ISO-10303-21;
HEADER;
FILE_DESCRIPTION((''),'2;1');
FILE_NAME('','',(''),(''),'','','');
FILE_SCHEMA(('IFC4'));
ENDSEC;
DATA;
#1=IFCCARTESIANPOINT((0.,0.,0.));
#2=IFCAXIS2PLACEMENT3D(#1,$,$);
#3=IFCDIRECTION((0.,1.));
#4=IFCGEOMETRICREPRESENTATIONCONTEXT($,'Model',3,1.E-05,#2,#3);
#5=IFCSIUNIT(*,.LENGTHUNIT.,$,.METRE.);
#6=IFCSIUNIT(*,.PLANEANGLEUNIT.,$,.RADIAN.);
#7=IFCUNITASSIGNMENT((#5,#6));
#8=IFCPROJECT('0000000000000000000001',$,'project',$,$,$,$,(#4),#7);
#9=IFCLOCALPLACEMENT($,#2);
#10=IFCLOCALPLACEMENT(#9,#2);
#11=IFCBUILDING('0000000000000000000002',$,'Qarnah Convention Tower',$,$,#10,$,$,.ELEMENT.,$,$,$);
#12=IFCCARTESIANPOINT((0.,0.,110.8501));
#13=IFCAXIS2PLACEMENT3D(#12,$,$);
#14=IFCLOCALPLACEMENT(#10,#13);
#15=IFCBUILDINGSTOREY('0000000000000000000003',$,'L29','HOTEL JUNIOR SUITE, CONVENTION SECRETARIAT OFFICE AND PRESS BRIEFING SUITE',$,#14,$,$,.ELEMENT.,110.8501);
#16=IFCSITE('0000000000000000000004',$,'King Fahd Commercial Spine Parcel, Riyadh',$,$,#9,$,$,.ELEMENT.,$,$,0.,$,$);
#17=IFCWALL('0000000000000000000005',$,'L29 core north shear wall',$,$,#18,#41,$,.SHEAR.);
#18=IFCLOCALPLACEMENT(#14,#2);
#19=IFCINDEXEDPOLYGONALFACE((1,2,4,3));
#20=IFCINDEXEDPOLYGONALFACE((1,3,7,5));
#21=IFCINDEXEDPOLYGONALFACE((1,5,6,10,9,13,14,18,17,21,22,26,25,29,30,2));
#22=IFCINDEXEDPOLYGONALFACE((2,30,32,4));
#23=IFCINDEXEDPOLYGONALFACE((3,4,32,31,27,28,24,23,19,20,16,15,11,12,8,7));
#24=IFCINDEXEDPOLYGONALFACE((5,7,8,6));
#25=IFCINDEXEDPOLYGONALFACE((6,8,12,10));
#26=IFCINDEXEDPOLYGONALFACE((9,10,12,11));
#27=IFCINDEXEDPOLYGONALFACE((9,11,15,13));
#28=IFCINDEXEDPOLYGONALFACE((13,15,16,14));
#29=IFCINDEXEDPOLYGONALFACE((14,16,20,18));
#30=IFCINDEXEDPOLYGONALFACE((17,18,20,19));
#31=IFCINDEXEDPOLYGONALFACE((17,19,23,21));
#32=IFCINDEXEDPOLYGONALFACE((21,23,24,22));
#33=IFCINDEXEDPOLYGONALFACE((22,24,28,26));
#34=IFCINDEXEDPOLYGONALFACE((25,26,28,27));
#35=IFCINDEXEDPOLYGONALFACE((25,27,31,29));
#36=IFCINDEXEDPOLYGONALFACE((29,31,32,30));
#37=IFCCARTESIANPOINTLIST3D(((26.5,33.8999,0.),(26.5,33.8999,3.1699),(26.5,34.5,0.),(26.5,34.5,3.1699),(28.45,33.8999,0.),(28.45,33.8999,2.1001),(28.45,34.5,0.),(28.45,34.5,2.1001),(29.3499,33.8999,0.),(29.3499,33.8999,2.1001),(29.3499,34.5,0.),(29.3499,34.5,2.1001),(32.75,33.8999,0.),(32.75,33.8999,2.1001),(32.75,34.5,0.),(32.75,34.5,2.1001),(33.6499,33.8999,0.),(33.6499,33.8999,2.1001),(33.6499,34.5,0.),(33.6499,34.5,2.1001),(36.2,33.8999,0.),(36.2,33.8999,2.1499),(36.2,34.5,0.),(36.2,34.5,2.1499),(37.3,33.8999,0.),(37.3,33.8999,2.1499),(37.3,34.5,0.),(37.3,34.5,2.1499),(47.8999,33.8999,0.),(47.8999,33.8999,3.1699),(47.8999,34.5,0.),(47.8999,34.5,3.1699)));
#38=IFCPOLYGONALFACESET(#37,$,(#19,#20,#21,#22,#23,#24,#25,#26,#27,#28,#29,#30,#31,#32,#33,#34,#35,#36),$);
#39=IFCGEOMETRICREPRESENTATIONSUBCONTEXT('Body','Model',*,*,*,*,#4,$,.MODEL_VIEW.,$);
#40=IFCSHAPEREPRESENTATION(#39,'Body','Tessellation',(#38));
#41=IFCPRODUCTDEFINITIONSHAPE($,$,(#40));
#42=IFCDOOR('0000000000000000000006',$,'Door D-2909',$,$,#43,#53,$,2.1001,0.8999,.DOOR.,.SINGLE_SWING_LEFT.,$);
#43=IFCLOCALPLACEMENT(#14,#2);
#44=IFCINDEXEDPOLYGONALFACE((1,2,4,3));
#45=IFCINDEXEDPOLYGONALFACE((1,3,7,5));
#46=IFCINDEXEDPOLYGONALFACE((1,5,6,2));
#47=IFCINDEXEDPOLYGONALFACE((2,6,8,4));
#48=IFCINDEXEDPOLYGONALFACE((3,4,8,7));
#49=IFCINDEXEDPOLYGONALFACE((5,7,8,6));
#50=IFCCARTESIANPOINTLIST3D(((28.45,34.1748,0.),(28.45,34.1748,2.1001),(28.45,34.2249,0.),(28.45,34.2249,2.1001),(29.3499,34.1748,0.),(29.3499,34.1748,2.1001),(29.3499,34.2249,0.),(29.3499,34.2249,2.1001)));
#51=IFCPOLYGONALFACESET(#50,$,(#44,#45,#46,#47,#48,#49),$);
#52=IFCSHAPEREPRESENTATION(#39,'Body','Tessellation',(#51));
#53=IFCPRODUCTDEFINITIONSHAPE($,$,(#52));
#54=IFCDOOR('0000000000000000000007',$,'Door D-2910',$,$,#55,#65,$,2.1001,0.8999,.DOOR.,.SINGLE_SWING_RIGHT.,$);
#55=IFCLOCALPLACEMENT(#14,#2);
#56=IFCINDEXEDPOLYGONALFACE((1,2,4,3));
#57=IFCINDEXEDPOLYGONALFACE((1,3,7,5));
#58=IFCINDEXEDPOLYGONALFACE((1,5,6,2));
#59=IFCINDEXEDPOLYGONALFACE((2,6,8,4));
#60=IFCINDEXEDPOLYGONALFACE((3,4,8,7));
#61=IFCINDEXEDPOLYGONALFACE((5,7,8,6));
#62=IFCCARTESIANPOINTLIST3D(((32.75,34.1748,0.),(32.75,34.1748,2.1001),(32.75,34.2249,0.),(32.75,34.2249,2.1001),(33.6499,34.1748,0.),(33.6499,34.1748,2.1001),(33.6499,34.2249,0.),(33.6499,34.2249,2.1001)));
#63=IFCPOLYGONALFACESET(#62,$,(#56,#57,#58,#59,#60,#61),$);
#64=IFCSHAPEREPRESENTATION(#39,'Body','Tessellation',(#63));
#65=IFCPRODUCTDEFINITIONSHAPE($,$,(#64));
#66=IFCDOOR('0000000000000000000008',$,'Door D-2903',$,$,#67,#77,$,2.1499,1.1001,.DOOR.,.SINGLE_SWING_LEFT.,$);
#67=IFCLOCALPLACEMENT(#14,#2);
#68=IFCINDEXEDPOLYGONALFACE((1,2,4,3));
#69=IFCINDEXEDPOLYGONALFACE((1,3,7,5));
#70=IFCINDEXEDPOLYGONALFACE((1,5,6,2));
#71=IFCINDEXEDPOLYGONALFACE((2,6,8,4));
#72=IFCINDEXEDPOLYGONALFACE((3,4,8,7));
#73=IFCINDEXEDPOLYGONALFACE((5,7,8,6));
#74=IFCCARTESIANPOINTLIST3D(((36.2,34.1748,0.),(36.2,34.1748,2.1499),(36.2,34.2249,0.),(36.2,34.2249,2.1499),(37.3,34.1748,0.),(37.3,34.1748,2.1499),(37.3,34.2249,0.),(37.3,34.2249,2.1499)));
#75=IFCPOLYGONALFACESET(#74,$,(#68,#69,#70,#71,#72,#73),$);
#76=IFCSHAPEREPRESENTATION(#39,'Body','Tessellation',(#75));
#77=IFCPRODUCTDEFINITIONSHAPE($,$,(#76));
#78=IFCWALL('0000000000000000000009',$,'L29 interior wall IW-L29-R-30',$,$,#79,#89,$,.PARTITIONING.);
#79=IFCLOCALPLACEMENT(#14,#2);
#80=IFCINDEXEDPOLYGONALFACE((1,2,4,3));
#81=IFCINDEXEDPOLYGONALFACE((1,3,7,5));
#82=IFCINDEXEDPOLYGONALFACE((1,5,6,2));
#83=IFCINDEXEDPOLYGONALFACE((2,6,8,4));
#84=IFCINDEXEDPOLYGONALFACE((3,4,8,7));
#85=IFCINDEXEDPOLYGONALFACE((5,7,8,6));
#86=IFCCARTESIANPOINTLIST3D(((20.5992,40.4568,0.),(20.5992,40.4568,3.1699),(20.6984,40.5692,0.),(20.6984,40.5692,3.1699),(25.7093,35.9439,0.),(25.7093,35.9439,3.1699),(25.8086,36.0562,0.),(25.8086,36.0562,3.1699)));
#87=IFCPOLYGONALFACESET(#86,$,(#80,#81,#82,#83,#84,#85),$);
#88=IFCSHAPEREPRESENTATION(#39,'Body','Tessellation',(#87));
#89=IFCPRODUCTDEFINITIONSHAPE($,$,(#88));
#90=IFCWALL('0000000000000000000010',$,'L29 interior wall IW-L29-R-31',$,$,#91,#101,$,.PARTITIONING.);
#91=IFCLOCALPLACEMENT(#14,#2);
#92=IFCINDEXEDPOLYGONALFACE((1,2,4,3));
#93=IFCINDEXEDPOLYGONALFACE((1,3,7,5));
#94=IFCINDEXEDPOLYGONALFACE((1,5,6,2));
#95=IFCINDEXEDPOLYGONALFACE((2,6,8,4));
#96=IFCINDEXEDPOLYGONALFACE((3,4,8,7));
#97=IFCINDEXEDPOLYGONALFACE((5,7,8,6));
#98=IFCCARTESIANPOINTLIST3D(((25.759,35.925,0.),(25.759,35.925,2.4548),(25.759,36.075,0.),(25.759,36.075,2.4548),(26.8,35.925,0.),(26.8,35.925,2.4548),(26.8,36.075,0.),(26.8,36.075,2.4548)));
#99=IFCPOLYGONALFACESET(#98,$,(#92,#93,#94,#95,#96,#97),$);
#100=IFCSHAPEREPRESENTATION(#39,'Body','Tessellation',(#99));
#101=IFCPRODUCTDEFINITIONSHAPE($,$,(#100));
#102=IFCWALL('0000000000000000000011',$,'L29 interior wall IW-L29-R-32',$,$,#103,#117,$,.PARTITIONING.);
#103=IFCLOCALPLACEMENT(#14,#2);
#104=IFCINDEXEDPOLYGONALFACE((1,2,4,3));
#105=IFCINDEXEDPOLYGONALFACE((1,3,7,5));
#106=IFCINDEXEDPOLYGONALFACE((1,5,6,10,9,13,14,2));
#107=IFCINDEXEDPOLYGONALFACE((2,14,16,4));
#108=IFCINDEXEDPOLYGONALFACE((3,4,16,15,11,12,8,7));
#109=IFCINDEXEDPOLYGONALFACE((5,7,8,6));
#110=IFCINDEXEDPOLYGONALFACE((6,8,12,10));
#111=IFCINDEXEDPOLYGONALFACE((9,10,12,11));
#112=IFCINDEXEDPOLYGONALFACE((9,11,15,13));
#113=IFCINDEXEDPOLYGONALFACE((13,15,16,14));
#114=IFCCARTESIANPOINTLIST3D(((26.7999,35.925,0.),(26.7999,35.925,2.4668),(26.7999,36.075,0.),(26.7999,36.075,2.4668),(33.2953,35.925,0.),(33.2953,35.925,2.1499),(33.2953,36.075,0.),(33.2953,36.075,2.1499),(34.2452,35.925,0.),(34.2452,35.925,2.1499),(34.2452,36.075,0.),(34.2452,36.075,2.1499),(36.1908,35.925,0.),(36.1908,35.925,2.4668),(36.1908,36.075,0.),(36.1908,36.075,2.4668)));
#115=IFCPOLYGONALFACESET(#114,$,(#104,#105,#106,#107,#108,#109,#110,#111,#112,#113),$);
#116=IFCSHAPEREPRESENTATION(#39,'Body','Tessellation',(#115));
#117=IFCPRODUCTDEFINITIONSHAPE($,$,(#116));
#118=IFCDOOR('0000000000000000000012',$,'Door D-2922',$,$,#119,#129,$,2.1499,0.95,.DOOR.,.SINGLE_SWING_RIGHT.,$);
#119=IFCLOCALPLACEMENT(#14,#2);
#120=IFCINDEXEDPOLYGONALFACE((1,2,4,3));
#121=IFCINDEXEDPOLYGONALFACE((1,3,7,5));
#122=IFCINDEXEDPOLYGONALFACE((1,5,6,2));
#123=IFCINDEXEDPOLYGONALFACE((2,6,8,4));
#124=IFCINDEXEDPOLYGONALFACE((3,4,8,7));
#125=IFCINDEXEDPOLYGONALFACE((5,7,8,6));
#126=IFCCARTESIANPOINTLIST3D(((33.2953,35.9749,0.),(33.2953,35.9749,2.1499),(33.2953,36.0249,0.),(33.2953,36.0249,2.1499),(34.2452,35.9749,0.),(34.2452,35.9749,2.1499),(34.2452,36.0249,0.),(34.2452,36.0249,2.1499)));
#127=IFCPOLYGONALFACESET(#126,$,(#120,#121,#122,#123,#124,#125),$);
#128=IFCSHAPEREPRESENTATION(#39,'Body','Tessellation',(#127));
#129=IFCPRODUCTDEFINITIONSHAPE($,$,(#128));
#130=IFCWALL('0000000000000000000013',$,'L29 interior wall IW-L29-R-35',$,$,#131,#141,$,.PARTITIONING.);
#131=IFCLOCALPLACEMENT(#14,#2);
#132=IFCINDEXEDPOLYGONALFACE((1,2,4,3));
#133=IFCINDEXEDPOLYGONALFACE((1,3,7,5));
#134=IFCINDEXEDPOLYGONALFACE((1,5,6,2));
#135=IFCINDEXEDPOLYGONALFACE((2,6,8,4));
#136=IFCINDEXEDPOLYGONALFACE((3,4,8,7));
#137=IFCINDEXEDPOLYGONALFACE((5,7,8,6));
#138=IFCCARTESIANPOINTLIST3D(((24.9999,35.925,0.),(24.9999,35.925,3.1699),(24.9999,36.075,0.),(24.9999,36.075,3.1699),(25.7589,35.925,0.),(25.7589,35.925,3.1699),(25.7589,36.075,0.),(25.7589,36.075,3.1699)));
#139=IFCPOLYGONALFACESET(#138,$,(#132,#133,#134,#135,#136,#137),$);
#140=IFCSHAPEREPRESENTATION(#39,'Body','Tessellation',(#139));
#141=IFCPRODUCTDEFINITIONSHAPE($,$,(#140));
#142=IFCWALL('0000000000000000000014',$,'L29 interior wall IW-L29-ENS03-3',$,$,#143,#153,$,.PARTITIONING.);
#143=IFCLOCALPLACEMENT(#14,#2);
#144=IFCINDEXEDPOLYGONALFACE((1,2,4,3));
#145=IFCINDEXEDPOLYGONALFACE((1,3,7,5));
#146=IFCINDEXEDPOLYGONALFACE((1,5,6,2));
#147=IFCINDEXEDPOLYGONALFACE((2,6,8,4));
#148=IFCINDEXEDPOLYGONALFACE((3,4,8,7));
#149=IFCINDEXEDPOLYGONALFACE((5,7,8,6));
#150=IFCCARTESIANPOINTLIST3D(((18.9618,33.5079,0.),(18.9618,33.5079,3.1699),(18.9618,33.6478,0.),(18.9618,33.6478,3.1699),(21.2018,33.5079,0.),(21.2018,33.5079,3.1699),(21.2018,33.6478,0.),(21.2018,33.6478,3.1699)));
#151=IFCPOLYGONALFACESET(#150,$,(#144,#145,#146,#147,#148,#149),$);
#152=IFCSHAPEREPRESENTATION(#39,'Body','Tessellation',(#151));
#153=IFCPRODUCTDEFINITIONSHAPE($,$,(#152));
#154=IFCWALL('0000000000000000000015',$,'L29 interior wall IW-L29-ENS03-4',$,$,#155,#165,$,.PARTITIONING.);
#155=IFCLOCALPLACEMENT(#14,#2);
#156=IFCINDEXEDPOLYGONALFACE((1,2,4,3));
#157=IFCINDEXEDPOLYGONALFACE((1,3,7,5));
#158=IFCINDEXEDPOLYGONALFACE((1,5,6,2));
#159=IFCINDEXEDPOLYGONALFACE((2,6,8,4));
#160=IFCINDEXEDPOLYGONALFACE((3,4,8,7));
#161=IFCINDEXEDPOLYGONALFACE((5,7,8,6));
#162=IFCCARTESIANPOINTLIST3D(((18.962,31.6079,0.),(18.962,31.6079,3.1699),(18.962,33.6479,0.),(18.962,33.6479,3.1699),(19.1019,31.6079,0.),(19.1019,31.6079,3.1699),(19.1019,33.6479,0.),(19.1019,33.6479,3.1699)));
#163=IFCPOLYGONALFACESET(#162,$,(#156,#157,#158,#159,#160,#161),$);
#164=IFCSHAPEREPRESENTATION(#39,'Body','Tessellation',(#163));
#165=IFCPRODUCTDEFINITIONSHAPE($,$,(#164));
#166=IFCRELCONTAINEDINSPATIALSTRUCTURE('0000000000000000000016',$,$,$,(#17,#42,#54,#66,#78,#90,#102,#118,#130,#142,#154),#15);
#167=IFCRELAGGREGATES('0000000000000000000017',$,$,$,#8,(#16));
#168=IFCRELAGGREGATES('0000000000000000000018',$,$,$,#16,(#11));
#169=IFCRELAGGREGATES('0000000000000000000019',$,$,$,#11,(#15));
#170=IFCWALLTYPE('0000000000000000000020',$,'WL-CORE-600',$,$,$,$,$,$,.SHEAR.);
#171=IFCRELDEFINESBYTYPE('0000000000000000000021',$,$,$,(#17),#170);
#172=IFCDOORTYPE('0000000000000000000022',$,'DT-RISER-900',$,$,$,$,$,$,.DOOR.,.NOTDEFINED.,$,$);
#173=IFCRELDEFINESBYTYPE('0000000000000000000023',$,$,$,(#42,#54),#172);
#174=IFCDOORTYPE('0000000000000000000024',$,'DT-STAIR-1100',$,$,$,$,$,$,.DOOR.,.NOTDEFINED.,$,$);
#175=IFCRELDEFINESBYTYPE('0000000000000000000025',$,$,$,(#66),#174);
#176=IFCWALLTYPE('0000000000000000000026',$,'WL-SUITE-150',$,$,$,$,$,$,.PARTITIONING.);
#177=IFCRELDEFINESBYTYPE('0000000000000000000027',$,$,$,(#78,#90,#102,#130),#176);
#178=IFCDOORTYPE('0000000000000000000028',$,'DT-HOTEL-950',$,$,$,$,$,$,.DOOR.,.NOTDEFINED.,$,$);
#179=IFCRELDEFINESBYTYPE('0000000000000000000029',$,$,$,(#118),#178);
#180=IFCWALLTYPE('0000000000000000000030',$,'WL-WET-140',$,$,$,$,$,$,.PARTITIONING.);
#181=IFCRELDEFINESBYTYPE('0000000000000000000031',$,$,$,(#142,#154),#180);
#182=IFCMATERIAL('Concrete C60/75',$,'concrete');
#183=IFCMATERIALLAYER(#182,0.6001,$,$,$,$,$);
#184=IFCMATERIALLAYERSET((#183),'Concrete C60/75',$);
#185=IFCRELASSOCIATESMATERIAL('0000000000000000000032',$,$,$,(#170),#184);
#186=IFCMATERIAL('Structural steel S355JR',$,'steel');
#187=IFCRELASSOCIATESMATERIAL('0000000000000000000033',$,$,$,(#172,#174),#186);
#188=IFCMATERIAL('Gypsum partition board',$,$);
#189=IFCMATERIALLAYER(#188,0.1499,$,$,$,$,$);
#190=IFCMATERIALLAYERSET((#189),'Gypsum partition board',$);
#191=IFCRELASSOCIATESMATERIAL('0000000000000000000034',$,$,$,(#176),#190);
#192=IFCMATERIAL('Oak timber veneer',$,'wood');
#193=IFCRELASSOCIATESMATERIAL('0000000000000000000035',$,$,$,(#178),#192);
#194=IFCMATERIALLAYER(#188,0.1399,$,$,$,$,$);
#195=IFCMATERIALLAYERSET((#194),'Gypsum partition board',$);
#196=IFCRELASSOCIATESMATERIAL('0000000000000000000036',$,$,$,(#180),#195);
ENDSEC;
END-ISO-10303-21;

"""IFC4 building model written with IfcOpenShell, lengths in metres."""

from ifc_helpers import new_model, si_unit, direction, frame, frame_2d, origin, place, context, subcontext, project, spatial, rectangle, extrude, material, layer, layer_set, type_object, element, fill, save


model = new_model("IFC4")

# Units and contexts
model_context = context("Model", 3, precision=1e-05, world=origin(), true_north=direction((0.0, 1.0)))
body_context = subcontext(model_context, "Body", "Model", "MODEL_VIEW")
ifc_project = project(units=[si_unit("LENGTHUNIT", "METRE"), si_unit("PLANEANGLEUNIT", "RADIAN")], contexts=[model_context])

# Site, building, storey
site_placement = place(None, origin())
site = spatial("IfcSite", under=ifc_project, at=site_placement, Name="King Fahd Commercial Spine Parcel, Riyadh", CompositionType="ELEMENT", RefElevation=0.0)
building_placement = place(site_placement, origin())
building = spatial("IfcBuilding", under=site, at=building_placement, Name="Qarnah Convention Tower", CompositionType="ELEMENT")
storey_placement = place(building_placement, frame((0.0, 0.0, 110.8501)))
storey = spatial("IfcBuildingStorey", under=building, at=storey_placement, Name="L29", Description="HOTEL JUNIOR SUITE, CONVENTION SECRETARIAT OFFICE AND PRESS BRIEFING SUITE", CompositionType="ELEMENT", Elevation=110.8501)

# Shared definitions
ifc_material_1 = material(Name="Structural steel S355JR", Category="steel")

# Wall, openings, doors
ifc_material_2 = material(Name="Concrete C60/75", Category="concrete")
ifc_layer_1 = layer(ifc_material_2, 0.6001)
ifc_layer_set_1 = layer_set([ifc_layer_1], Name="Concrete C60/75")
wall_type_1 = type_object("IfcWallType", Name="WL-CORE-600", PredefinedType="SHEAR", material=ifc_layer_set_1)
wall_1_placement = place(storey_placement, frame((26.5, 34.2, 0.0), z_axis=(0.0, 0.0, 1.0), x_axis=(1.0, 0.0, 0.0)))
wall_1 = element("IfcWall", 1, at=wall_1_placement, inside=storey, type_object=wall_type_1, Name="L29 core north shear wall", PredefinedType="SHEAR", context=body_context, shape_type="SweptSolid", body=[
    extrude(rectangle(XDim=21.3999, YDim=0.6001, at=frame_2d((10.7, 0.0))), origin(), (0.0, 0.0, 1.0), 3.1699),
])
opening_1_placement = place(wall_1_placement, frame((9.7, 0.0, 0.0)))
opening_1 = element("IfcOpeningElement", 2, at=opening_1_placement, cuts=wall_1, PredefinedType="OPENING", context=body_context, shape_type="SweptSolid", body=[
    extrude(rectangle(XDim=1.1001, YDim=2.1499, at=frame_2d((0.55, 1.075))), frame((0.0, 0.3101, 0.0), z_axis=(0.0, -1.0, 0.0), x_axis=(1.0, 0.0, 0.0)), (0.0, 0.0, 1.0), 0.6201),
])
opening_2_placement = place(wall_1_placement, frame((1.95, 0.0, 0.0)))
opening_2 = element("IfcOpeningElement", 3, at=opening_2_placement, cuts=wall_1, PredefinedType="OPENING", context=body_context, shape_type="SweptSolid", body=[
    extrude(rectangle(XDim=0.8999, YDim=2.1001, at=frame_2d((0.45, 1.05))), frame((0.0, 0.3101, 0.0), z_axis=(0.0, -1.0, 0.0), x_axis=(1.0, 0.0, 0.0)), (0.0, 0.0, 1.0), 0.6201),
])
opening_3_placement = place(wall_1_placement, frame((6.25, 0.0, 0.0)))
opening_3 = element("IfcOpeningElement", 4, at=opening_3_placement, cuts=wall_1, PredefinedType="OPENING", context=body_context, shape_type="SweptSolid", body=[
    extrude(rectangle(XDim=0.8999, YDim=2.1001, at=frame_2d((0.45, 1.05))), frame((0.0, 0.3101, 0.0), z_axis=(0.0, -1.0, 0.0), x_axis=(1.0, 0.0, 0.0)), (0.0, 0.0, 1.0), 0.6201),
])
door_type_1 = type_object("IfcDoorType", Name="DT-RISER-900", OperationType="NOTDEFINED", PredefinedType="DOOR", material=ifc_material_1)
door_1_placement = place(opening_2_placement, origin())
door_1 = element("IfcDoor", 5, at=door_1_placement, inside=storey, type_object=door_type_1, Name="Door D-2909", OperationType="SINGLE_SWING_LEFT", OverallHeight=2.1001, OverallWidth=0.8999, PredefinedType="DOOR", context=body_context, shape_type="SweptSolid", body=[
    extrude(rectangle(XDim=0.8999, YDim=2.1001, at=frame_2d((0.45, 1.05))), frame((0.0, 0.0249, 0.0), z_axis=(0.0, -1.0, 0.0), x_axis=(1.0, 0.0, 0.0)), (0.0, 0.0, 1.0), 0.05),
])
fill(opening_2, door_1)
door_2_placement = place(opening_3_placement, origin())
door_2 = element("IfcDoor", 6, at=door_2_placement, inside=storey, type_object=door_type_1, Name="Door D-2910", OperationType="SINGLE_SWING_RIGHT", OverallHeight=2.1001, OverallWidth=0.8999, PredefinedType="DOOR", context=body_context, shape_type="SweptSolid", body=[
    extrude(rectangle(XDim=0.8999, YDim=2.1001, at=frame_2d((0.45, 1.05))), frame((0.0, 0.0249, 0.0), z_axis=(0.0, -1.0, 0.0), x_axis=(1.0, 0.0, 0.0)), (0.0, 0.0, 1.0), 0.05),
])
fill(opening_3, door_2)
door_type_2 = type_object("IfcDoorType", Name="DT-STAIR-1100", OperationType="NOTDEFINED", PredefinedType="DOOR", material=ifc_material_1)
door_3_placement = place(opening_1_placement, origin())
door_3 = element("IfcDoor", 7, at=door_3_placement, inside=storey, type_object=door_type_2, Name="Door D-2903", OperationType="SINGLE_SWING_LEFT", OverallHeight=2.1499, OverallWidth=1.1001, PredefinedType="DOOR", context=body_context, shape_type="SweptSolid", body=[
    extrude(rectangle(XDim=1.1001, YDim=2.1499, at=frame_2d((0.55, 1.075))), frame((0.0, 0.0249, 0.0), z_axis=(0.0, -1.0, 0.0), x_axis=(1.0, 0.0, 0.0)), (0.0, 0.0, 1.0), 0.05),
])
fill(opening_1, door_3)

# Walls
ifc_material_3 = material(Name="Gypsum partition board")
ifc_layer_2 = layer(ifc_material_3, 0.1499)
ifc_layer_set_2 = layer_set([ifc_layer_2], Name="Gypsum partition board")
wall_type_2 = type_object("IfcWallType", Name="WL-SUITE-150", PredefinedType="PARTITIONING", material=ifc_layer_set_2)
wall_2_placement = place(storey_placement, frame((20.6489, 40.5129, 0.0), z_axis=(0.0, 0.0, 1.0), x_axis=(0.749545, -0.661953, 0.0)))
element("IfcWall", 8, at=wall_2_placement, inside=storey, type_object=wall_type_2, Name="L29 interior wall IW-L29-R-30", PredefinedType="PARTITIONING", context=body_context, shape_type="SweptSolid", body=[
    extrude(rectangle(XDim=6.8176, YDim=0.1499, at=frame_2d((3.4087, 0.0))), origin(), (0.0, 0.0, 1.0), 3.1699),
])
wall_3_placement = place(storey_placement, frame((25.759, 36.0, 0.0), z_axis=(0.0, 0.0, 1.0), x_axis=(1.0, 0.0, 0.0)))
element("IfcWall", 9, at=wall_3_placement, inside=storey, type_object=wall_type_2, Name="L29 interior wall IW-L29-R-31", PredefinedType="PARTITIONING", context=body_context, shape_type="SweptSolid", body=[
    extrude(rectangle(XDim=1.041, YDim=0.1499, at=frame_2d((0.5205, 0.0))), origin(), (0.0, 0.0, 1.0), 2.4548),
])

# Wall, opening, door
wall_4_placement = place(storey_placement, frame((26.8, 36.0, 0.0), z_axis=(0.0, 0.0, 1.0), x_axis=(1.0, 0.0, 0.0)))
wall_4 = element("IfcWall", 10, at=wall_4_placement, inside=storey, type_object=wall_type_2, Name="L29 interior wall IW-L29-R-32", PredefinedType="PARTITIONING", context=body_context, shape_type="SweptSolid", body=[
    extrude(rectangle(XDim=9.3909, YDim=0.1499, at=frame_2d((4.6953, 0.0))), origin(), (0.0, 0.0, 1.0), 2.4668),
])
opening_4_placement = place(wall_4_placement, frame((6.4951, 0.0, 0.0)))
opening_4 = element("IfcOpeningElement", 11, at=opening_4_placement, cuts=wall_4, PredefinedType="OPENING", context=body_context, shape_type="SweptSolid", body=[
    extrude(rectangle(XDim=0.95, YDim=2.1499, at=frame_2d((0.4751, 1.075))), frame((0.0, 0.085, 0.0), z_axis=(0.0, -1.0, 0.0), x_axis=(1.0, 0.0, 0.0)), (0.0, 0.0, 1.0), 0.1699),
])
ifc_material_4 = material(Name="Oak timber veneer", Category="wood")
door_type_3 = type_object("IfcDoorType", Name="DT-HOTEL-950", OperationType="NOTDEFINED", PredefinedType="DOOR", material=ifc_material_4)
door_4_placement = place(opening_4_placement, origin())
door_4 = element("IfcDoor", 12, at=door_4_placement, inside=storey, type_object=door_type_3, Name="Door D-2922", OperationType="SINGLE_SWING_RIGHT", OverallHeight=2.1499, OverallWidth=0.95, PredefinedType="DOOR", context=body_context, shape_type="SweptSolid", body=[
    extrude(rectangle(XDim=0.95, YDim=2.1499, at=frame_2d((0.4751, 1.075))), frame((0.0, 0.0249, 0.0), z_axis=(0.0, -1.0, 0.0), x_axis=(1.0, 0.0, 0.0)), (0.0, 0.0, 1.0), 0.05),
])
fill(opening_4, door_4)

# Walls
wall_5_placement = place(storey_placement, frame((25.0, 36.0, 0.0), z_axis=(0.0, 0.0, 1.0), x_axis=(1.0, 0.0, 0.0)))
element("IfcWall", 13, at=wall_5_placement, inside=storey, type_object=wall_type_2, Name="L29 interior wall IW-L29-R-35", PredefinedType="PARTITIONING", context=body_context, shape_type="SweptSolid", body=[
    extrude(rectangle(XDim=0.759, YDim=0.1499, at=frame_2d((0.3794, 0.0))), origin(), (0.0, 0.0, 1.0), 3.1699),
])
ifc_layer_3 = layer(ifc_material_3, 0.1399)
ifc_layer_set_3 = layer_set([ifc_layer_3], Name="Gypsum partition board")
wall_type_3 = type_object("IfcWallType", Name="WL-WET-140", PredefinedType="PARTITIONING", material=ifc_layer_set_3)
wall_6_placement = place(storey_placement, frame((21.2019, 33.5779, 0.0), z_axis=(0.0, 0.0, 1.0), x_axis=(-1.0, 0.0, 0.0)))
element("IfcWall", 14, at=wall_6_placement, inside=storey, type_object=wall_type_3, Name="L29 interior wall IW-L29-ENS03-3", PredefinedType="PARTITIONING", context=body_context, shape_type="SweptSolid", body=[
    extrude(rectangle(XDim=2.24, YDim=0.1399, at=frame_2d((1.1201, 0.0))), origin(), (0.0, 0.0, 1.0), 3.1699),
])
wall_7_placement = place(storey_placement, frame((19.032, 33.6479, 0.0), z_axis=(0.0, 0.0, 1.0), x_axis=(0.0, -1.0, 0.0)))
element("IfcWall", 15, at=wall_7_placement, inside=storey, type_object=wall_type_3, Name="L29 interior wall IW-L29-ENS03-4", PredefinedType="PARTITIONING", context=body_context, shape_type="SweptSolid", body=[
    extrude(rectangle(XDim=2.04, YDim=0.1399, at=frame_2d((1.02, 0.0))), origin(), (0.0, 0.0, 1.0), 3.1699),
])

save(model, "model.ifc")
